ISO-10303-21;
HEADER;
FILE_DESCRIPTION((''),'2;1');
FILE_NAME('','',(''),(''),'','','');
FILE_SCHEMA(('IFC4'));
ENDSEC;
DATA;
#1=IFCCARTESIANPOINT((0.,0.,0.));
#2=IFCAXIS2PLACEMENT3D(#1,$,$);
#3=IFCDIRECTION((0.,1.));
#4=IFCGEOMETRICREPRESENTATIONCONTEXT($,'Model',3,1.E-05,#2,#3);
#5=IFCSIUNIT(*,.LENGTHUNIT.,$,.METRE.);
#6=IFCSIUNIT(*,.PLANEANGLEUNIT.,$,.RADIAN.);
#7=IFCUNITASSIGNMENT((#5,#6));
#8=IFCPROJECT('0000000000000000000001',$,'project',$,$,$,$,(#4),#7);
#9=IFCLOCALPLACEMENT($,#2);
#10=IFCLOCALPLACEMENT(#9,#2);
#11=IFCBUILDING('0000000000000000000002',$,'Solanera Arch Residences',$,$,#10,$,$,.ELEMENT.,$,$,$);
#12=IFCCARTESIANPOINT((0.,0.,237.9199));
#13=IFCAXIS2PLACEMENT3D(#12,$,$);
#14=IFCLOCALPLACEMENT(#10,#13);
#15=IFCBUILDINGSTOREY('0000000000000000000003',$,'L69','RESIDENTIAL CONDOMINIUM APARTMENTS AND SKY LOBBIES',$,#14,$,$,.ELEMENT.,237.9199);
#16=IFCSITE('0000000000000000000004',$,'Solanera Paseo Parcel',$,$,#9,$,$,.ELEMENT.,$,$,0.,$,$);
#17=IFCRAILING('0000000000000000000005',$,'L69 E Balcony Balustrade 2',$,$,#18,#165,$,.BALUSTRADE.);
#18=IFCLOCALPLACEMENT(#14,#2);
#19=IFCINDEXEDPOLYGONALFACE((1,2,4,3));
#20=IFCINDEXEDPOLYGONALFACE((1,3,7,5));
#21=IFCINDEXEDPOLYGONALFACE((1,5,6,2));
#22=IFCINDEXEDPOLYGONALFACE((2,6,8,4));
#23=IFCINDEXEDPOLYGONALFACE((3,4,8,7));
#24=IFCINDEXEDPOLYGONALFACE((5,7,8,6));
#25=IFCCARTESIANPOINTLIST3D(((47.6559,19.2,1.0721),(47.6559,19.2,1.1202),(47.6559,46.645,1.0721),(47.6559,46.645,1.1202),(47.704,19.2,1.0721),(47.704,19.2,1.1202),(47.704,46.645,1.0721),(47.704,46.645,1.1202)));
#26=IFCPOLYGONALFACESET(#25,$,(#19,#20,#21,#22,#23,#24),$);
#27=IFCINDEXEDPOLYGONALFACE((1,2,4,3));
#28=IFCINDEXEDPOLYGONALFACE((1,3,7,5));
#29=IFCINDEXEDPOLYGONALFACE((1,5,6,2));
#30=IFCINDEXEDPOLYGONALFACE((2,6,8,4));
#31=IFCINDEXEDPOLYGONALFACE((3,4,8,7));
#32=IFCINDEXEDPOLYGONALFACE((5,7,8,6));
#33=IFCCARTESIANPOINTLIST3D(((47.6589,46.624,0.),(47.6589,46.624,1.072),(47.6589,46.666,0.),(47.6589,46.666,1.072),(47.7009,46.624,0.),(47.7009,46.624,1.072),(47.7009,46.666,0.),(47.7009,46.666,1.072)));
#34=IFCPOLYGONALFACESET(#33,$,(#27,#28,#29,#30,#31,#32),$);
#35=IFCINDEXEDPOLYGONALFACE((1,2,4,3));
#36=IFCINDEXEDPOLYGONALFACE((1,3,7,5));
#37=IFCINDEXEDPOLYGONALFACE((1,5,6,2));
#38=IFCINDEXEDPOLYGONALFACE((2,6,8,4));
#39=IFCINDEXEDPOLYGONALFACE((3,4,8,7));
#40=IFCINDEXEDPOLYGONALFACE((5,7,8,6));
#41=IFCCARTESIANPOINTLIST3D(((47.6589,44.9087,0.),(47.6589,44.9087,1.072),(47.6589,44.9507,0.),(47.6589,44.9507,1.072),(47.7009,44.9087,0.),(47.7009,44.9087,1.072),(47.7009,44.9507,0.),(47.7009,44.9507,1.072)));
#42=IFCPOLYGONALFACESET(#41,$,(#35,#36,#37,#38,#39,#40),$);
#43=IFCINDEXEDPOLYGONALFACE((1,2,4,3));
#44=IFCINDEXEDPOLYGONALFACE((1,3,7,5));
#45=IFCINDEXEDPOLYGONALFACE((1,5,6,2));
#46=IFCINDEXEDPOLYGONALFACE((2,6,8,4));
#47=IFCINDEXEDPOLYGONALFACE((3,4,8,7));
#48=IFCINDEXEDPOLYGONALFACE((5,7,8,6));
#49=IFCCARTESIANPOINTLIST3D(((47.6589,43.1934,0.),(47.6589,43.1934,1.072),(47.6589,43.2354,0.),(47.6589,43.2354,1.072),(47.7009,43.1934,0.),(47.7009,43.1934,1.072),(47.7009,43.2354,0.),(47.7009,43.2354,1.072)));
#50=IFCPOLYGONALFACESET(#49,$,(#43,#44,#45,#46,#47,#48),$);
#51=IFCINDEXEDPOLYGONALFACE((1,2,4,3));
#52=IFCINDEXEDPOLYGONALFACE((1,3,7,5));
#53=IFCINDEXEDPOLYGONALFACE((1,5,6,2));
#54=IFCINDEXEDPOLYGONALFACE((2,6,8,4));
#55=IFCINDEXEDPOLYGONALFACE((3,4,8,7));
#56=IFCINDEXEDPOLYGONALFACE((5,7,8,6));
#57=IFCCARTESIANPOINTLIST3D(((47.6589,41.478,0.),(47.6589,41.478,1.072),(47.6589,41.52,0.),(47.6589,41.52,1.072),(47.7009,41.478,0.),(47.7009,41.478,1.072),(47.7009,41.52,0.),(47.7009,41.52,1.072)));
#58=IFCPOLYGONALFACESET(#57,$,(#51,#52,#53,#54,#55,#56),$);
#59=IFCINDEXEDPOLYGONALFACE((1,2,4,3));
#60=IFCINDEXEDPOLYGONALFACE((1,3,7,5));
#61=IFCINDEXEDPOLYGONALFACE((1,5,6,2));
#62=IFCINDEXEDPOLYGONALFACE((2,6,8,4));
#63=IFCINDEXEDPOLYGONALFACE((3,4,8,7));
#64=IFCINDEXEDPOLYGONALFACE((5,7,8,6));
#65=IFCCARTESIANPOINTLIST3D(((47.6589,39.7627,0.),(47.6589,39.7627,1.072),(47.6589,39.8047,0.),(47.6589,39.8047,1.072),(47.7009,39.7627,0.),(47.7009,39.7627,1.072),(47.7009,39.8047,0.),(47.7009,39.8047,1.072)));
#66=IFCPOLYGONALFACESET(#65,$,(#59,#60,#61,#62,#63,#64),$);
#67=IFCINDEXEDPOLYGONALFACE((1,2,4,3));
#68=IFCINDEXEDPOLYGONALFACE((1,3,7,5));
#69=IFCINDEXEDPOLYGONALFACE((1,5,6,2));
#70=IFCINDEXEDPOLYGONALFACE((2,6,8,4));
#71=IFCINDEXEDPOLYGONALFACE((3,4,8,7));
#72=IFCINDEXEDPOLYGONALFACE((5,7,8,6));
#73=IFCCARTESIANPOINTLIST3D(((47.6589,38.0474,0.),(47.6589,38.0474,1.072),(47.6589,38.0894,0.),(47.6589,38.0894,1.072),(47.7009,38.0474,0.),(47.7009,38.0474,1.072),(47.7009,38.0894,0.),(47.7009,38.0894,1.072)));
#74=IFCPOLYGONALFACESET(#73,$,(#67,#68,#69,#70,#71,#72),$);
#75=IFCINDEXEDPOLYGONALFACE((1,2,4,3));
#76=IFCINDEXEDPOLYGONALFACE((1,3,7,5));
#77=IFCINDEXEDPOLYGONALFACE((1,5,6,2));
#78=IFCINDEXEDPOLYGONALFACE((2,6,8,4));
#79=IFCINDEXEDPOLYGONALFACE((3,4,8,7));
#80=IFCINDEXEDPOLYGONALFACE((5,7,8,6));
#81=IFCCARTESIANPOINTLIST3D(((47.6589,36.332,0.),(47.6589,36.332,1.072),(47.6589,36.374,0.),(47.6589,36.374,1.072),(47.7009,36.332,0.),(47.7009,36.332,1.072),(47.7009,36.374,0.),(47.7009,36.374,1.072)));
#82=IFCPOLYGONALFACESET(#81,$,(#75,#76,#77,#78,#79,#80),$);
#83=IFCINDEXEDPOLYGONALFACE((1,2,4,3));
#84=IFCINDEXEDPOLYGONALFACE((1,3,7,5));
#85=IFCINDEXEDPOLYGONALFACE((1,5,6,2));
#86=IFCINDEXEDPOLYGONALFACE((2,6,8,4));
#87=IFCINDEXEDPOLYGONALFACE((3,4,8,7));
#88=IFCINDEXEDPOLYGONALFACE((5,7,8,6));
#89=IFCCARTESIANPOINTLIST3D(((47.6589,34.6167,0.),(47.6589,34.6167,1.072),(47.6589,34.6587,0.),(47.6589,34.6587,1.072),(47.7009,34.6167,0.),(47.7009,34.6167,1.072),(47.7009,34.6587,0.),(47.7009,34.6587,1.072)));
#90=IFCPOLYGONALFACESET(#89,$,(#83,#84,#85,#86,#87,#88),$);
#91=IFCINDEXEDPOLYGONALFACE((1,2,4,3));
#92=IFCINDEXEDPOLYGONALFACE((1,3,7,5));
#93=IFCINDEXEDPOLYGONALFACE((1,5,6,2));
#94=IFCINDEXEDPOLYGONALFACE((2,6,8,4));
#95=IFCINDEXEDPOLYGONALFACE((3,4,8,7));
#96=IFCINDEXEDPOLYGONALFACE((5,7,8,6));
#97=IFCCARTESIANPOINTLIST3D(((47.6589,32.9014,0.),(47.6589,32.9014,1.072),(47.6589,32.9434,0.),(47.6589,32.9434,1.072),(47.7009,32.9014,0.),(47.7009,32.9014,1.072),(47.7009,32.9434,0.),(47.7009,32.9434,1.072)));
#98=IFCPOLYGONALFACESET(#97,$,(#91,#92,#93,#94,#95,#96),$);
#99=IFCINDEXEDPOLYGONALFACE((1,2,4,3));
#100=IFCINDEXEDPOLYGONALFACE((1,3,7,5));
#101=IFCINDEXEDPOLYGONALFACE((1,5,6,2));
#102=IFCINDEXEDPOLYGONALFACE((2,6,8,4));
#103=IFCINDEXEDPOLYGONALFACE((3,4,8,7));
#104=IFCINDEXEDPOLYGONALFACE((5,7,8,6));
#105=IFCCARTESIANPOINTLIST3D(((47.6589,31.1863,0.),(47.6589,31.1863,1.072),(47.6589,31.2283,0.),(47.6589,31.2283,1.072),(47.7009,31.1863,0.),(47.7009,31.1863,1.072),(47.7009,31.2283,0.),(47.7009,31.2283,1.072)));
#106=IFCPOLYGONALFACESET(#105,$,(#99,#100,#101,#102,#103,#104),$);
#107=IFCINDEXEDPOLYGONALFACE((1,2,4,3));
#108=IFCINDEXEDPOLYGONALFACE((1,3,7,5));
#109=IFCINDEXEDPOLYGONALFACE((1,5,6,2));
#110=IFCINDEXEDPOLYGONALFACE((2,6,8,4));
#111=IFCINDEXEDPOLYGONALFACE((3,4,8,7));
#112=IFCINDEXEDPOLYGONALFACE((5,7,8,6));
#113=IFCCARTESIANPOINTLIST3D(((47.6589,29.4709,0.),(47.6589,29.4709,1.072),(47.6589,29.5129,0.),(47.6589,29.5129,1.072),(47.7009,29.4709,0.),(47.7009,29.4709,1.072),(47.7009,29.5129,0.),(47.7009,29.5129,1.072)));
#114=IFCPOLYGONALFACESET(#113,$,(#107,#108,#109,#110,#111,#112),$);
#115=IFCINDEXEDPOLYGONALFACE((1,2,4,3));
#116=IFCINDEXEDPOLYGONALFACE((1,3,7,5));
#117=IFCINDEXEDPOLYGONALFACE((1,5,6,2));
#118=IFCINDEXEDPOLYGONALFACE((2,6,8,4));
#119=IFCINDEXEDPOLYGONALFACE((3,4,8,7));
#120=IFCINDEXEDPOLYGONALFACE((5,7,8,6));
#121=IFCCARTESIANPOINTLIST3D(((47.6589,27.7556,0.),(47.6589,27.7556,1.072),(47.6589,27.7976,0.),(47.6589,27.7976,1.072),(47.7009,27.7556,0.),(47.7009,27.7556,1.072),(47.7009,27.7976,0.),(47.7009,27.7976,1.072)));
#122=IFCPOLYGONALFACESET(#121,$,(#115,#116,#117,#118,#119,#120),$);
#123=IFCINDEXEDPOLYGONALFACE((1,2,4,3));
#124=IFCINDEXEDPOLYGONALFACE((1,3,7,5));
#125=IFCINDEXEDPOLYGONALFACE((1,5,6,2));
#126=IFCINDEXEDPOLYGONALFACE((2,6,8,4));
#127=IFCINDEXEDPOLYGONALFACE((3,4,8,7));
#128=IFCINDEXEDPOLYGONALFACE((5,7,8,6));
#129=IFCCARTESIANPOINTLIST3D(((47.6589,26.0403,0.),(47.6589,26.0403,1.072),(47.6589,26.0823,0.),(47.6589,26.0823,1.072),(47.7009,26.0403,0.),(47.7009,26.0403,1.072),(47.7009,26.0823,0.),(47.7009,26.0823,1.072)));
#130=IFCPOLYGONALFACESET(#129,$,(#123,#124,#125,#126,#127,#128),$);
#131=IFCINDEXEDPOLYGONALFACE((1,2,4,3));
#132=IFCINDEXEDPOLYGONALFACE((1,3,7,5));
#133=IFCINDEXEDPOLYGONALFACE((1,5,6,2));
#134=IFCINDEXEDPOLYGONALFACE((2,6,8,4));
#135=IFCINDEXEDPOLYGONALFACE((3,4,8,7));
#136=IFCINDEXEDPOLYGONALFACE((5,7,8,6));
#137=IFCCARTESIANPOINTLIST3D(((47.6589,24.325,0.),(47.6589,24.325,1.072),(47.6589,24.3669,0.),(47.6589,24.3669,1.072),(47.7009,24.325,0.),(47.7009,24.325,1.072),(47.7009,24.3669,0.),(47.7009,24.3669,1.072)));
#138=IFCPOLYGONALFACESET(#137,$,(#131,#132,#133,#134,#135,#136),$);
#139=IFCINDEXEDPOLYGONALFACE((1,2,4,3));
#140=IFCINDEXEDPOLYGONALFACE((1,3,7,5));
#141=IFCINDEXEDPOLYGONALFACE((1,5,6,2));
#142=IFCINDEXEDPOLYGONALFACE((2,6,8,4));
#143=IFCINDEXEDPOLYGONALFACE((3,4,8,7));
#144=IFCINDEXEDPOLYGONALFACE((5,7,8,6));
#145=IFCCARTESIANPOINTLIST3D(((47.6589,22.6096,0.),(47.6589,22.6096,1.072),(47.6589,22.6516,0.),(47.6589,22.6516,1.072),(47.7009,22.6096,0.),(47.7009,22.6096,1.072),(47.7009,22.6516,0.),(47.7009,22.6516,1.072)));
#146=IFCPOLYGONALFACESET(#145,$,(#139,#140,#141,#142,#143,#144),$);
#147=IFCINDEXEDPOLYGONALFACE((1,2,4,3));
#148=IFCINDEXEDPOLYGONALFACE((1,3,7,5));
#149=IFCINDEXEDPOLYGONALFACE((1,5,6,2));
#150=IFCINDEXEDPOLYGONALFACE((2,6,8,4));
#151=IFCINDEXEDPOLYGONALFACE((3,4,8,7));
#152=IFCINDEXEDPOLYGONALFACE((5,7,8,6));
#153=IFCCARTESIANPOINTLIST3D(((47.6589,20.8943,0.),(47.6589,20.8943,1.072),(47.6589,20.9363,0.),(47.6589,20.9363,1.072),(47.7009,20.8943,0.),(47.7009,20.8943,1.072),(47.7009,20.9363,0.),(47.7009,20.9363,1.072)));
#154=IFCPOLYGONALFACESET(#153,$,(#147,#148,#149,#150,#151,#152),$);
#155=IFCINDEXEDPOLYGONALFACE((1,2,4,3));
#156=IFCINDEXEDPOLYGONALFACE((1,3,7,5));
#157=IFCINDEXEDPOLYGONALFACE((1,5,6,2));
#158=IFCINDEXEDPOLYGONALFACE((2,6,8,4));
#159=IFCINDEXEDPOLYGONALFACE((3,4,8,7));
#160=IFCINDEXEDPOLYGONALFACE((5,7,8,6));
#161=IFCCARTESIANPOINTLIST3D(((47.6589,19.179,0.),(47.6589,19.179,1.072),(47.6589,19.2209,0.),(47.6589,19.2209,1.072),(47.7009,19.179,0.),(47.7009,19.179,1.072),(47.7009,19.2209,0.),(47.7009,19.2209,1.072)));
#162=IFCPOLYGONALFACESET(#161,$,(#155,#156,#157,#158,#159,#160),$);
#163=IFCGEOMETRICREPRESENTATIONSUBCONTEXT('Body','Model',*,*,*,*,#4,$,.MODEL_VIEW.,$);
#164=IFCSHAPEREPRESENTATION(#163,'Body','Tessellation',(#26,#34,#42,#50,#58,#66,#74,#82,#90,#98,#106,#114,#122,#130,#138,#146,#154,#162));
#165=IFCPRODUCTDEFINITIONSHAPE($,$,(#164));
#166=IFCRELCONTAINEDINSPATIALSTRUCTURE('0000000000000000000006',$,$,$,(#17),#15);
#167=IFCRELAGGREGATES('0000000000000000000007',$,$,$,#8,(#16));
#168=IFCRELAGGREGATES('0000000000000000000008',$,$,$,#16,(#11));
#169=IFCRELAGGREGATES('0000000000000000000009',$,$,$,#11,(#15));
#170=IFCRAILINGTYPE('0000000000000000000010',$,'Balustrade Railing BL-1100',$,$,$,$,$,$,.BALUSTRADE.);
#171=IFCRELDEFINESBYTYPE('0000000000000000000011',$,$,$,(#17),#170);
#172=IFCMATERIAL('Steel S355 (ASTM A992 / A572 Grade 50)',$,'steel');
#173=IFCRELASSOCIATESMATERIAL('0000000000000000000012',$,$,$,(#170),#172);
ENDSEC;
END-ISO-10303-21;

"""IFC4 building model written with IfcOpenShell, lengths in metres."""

from ifc_helpers import new_model, si_unit, direction, frame, origin, origin_2d, place, context, subcontext, project, spatial, rectangle, extrude, material, type_object, element, save


model = new_model("IFC4")

# Units and contexts
model_context = context("Model", 3, precision=1e-05, world=origin(), true_north=direction((0.0, 1.0)))
body_context = subcontext(model_context, "Body", "Model", "MODEL_VIEW")
ifc_project = project(units=[si_unit("LENGTHUNIT", "METRE"), si_unit("PLANEANGLEUNIT", "RADIAN")], contexts=[model_context])

# Site, building, storey
site_placement = place(None, origin())
site = spatial("IfcSite", under=ifc_project, at=site_placement, Name="Solanera Paseo Parcel", CompositionType="ELEMENT", RefElevation=0.0)
building_placement = place(site_placement, origin())
building = spatial("IfcBuilding", under=site, at=building_placement, Name="Solanera Arch Residences", CompositionType="ELEMENT")
storey_placement = place(building_placement, frame((0.0, 0.0, 237.9199)))
storey = spatial("IfcBuildingStorey", under=building, at=storey_placement, Name="L69", Description="RESIDENTIAL CONDOMINIUM APARTMENTS AND SKY LOBBIES", CompositionType="ELEMENT", Elevation=237.9199)

# Railing
ifc_material_1 = material(Name="Steel S355 (ASTM A992 / A572 Grade 50)", Category="steel")
railing_type = type_object("IfcRailingType", Name="Balustrade Railing BL-1100", PredefinedType="BALUSTRADE", material=ifc_material_1)
railing_1_placement = place(storey_placement, frame((47.6799, 46.645, 0.0)))
element("IfcRailing", 1, at=railing_1_placement, inside=storey, type_object=railing_type, Name="L69 E Balcony Balustrade 2", PredefinedType="BALUSTRADE", context=body_context, shape_type="SweptSolid", body=[
    extrude(rectangle(XDim=0.0481, YDim=0.0481, at=origin_2d()), frame((0.0, 0.0, 1.0962), z_axis=(0.0, -1.0, 0.0), x_axis=(1.0, 0.0, 0.0)), (0.0, 0.0, 1.0), 27.4451),
    extrude(rectangle(XDim=0.042, YDim=0.042, at=origin_2d()), origin(), (0.0, 0.0, 1.0), 1.072),
    extrude(rectangle(XDim=0.042, YDim=0.042, at=origin_2d()), frame((0.0, -1.7153, 0.0)), (0.0, 0.0, 1.0), 1.072),
    extrude(rectangle(XDim=0.042, YDim=0.042, at=origin_2d()), frame((0.0, -3.4307, 0.0)), (0.0, 0.0, 1.0), 1.072),
    extrude(rectangle(XDim=0.042, YDim=0.042, at=origin_2d()), frame((0.0, -5.146, 0.0)), (0.0, 0.0, 1.0), 1.072),
    extrude(rectangle(XDim=0.042, YDim=0.042, at=origin_2d()), frame((0.0, -6.8613, 0.0)), (0.0, 0.0, 1.0), 1.072),
    extrude(rectangle(XDim=0.042, YDim=0.042, at=origin_2d()), frame((0.0, -8.5767, 0.0)), (0.0, 0.0, 1.0), 1.072),
    extrude(rectangle(XDim=0.042, YDim=0.042, at=origin_2d()), frame((0.0, -10.292, 0.0)), (0.0, 0.0, 1.0), 1.072),
    extrude(rectangle(XDim=0.042, YDim=0.042, at=origin_2d()), frame((0.0, -12.0073, 0.0)), (0.0, 0.0, 1.0), 1.072),
    extrude(rectangle(XDim=0.042, YDim=0.042, at=origin_2d()), frame((0.0, -13.7227, 0.0)), (0.0, 0.0, 1.0), 1.072),
    extrude(rectangle(XDim=0.042, YDim=0.042, at=origin_2d()), frame((0.0, -15.4377, 0.0)), (0.0, 0.0, 1.0), 1.072),
    extrude(rectangle(XDim=0.042, YDim=0.042, at=origin_2d()), frame((0.0, -17.1531, 0.0)), (0.0, 0.0, 1.0), 1.072),
    extrude(rectangle(XDim=0.042, YDim=0.042, at=origin_2d()), frame((0.0, -18.8684, 0.0)), (0.0, 0.0, 1.0), 1.072),
    extrude(rectangle(XDim=0.042, YDim=0.042, at=origin_2d()), frame((0.0, -20.5837, 0.0)), (0.0, 0.0, 1.0), 1.072),
    extrude(rectangle(XDim=0.042, YDim=0.042, at=origin_2d()), frame((0.0, -22.2991, 0.0)), (0.0, 0.0, 1.0), 1.072),
    extrude(rectangle(XDim=0.042, YDim=0.042, at=origin_2d()), frame((0.0, -24.0144, 0.0)), (0.0, 0.0, 1.0), 1.072),
    extrude(rectangle(XDim=0.042, YDim=0.042, at=origin_2d()), frame((0.0, -25.7297, 0.0)), (0.0, 0.0, 1.0), 1.072),
    extrude(rectangle(XDim=0.042, YDim=0.042, at=origin_2d()), frame((0.0, -27.4451, 0.0)), (0.0, 0.0, 1.0), 1.072),
])

save(model, "model.ifc")
